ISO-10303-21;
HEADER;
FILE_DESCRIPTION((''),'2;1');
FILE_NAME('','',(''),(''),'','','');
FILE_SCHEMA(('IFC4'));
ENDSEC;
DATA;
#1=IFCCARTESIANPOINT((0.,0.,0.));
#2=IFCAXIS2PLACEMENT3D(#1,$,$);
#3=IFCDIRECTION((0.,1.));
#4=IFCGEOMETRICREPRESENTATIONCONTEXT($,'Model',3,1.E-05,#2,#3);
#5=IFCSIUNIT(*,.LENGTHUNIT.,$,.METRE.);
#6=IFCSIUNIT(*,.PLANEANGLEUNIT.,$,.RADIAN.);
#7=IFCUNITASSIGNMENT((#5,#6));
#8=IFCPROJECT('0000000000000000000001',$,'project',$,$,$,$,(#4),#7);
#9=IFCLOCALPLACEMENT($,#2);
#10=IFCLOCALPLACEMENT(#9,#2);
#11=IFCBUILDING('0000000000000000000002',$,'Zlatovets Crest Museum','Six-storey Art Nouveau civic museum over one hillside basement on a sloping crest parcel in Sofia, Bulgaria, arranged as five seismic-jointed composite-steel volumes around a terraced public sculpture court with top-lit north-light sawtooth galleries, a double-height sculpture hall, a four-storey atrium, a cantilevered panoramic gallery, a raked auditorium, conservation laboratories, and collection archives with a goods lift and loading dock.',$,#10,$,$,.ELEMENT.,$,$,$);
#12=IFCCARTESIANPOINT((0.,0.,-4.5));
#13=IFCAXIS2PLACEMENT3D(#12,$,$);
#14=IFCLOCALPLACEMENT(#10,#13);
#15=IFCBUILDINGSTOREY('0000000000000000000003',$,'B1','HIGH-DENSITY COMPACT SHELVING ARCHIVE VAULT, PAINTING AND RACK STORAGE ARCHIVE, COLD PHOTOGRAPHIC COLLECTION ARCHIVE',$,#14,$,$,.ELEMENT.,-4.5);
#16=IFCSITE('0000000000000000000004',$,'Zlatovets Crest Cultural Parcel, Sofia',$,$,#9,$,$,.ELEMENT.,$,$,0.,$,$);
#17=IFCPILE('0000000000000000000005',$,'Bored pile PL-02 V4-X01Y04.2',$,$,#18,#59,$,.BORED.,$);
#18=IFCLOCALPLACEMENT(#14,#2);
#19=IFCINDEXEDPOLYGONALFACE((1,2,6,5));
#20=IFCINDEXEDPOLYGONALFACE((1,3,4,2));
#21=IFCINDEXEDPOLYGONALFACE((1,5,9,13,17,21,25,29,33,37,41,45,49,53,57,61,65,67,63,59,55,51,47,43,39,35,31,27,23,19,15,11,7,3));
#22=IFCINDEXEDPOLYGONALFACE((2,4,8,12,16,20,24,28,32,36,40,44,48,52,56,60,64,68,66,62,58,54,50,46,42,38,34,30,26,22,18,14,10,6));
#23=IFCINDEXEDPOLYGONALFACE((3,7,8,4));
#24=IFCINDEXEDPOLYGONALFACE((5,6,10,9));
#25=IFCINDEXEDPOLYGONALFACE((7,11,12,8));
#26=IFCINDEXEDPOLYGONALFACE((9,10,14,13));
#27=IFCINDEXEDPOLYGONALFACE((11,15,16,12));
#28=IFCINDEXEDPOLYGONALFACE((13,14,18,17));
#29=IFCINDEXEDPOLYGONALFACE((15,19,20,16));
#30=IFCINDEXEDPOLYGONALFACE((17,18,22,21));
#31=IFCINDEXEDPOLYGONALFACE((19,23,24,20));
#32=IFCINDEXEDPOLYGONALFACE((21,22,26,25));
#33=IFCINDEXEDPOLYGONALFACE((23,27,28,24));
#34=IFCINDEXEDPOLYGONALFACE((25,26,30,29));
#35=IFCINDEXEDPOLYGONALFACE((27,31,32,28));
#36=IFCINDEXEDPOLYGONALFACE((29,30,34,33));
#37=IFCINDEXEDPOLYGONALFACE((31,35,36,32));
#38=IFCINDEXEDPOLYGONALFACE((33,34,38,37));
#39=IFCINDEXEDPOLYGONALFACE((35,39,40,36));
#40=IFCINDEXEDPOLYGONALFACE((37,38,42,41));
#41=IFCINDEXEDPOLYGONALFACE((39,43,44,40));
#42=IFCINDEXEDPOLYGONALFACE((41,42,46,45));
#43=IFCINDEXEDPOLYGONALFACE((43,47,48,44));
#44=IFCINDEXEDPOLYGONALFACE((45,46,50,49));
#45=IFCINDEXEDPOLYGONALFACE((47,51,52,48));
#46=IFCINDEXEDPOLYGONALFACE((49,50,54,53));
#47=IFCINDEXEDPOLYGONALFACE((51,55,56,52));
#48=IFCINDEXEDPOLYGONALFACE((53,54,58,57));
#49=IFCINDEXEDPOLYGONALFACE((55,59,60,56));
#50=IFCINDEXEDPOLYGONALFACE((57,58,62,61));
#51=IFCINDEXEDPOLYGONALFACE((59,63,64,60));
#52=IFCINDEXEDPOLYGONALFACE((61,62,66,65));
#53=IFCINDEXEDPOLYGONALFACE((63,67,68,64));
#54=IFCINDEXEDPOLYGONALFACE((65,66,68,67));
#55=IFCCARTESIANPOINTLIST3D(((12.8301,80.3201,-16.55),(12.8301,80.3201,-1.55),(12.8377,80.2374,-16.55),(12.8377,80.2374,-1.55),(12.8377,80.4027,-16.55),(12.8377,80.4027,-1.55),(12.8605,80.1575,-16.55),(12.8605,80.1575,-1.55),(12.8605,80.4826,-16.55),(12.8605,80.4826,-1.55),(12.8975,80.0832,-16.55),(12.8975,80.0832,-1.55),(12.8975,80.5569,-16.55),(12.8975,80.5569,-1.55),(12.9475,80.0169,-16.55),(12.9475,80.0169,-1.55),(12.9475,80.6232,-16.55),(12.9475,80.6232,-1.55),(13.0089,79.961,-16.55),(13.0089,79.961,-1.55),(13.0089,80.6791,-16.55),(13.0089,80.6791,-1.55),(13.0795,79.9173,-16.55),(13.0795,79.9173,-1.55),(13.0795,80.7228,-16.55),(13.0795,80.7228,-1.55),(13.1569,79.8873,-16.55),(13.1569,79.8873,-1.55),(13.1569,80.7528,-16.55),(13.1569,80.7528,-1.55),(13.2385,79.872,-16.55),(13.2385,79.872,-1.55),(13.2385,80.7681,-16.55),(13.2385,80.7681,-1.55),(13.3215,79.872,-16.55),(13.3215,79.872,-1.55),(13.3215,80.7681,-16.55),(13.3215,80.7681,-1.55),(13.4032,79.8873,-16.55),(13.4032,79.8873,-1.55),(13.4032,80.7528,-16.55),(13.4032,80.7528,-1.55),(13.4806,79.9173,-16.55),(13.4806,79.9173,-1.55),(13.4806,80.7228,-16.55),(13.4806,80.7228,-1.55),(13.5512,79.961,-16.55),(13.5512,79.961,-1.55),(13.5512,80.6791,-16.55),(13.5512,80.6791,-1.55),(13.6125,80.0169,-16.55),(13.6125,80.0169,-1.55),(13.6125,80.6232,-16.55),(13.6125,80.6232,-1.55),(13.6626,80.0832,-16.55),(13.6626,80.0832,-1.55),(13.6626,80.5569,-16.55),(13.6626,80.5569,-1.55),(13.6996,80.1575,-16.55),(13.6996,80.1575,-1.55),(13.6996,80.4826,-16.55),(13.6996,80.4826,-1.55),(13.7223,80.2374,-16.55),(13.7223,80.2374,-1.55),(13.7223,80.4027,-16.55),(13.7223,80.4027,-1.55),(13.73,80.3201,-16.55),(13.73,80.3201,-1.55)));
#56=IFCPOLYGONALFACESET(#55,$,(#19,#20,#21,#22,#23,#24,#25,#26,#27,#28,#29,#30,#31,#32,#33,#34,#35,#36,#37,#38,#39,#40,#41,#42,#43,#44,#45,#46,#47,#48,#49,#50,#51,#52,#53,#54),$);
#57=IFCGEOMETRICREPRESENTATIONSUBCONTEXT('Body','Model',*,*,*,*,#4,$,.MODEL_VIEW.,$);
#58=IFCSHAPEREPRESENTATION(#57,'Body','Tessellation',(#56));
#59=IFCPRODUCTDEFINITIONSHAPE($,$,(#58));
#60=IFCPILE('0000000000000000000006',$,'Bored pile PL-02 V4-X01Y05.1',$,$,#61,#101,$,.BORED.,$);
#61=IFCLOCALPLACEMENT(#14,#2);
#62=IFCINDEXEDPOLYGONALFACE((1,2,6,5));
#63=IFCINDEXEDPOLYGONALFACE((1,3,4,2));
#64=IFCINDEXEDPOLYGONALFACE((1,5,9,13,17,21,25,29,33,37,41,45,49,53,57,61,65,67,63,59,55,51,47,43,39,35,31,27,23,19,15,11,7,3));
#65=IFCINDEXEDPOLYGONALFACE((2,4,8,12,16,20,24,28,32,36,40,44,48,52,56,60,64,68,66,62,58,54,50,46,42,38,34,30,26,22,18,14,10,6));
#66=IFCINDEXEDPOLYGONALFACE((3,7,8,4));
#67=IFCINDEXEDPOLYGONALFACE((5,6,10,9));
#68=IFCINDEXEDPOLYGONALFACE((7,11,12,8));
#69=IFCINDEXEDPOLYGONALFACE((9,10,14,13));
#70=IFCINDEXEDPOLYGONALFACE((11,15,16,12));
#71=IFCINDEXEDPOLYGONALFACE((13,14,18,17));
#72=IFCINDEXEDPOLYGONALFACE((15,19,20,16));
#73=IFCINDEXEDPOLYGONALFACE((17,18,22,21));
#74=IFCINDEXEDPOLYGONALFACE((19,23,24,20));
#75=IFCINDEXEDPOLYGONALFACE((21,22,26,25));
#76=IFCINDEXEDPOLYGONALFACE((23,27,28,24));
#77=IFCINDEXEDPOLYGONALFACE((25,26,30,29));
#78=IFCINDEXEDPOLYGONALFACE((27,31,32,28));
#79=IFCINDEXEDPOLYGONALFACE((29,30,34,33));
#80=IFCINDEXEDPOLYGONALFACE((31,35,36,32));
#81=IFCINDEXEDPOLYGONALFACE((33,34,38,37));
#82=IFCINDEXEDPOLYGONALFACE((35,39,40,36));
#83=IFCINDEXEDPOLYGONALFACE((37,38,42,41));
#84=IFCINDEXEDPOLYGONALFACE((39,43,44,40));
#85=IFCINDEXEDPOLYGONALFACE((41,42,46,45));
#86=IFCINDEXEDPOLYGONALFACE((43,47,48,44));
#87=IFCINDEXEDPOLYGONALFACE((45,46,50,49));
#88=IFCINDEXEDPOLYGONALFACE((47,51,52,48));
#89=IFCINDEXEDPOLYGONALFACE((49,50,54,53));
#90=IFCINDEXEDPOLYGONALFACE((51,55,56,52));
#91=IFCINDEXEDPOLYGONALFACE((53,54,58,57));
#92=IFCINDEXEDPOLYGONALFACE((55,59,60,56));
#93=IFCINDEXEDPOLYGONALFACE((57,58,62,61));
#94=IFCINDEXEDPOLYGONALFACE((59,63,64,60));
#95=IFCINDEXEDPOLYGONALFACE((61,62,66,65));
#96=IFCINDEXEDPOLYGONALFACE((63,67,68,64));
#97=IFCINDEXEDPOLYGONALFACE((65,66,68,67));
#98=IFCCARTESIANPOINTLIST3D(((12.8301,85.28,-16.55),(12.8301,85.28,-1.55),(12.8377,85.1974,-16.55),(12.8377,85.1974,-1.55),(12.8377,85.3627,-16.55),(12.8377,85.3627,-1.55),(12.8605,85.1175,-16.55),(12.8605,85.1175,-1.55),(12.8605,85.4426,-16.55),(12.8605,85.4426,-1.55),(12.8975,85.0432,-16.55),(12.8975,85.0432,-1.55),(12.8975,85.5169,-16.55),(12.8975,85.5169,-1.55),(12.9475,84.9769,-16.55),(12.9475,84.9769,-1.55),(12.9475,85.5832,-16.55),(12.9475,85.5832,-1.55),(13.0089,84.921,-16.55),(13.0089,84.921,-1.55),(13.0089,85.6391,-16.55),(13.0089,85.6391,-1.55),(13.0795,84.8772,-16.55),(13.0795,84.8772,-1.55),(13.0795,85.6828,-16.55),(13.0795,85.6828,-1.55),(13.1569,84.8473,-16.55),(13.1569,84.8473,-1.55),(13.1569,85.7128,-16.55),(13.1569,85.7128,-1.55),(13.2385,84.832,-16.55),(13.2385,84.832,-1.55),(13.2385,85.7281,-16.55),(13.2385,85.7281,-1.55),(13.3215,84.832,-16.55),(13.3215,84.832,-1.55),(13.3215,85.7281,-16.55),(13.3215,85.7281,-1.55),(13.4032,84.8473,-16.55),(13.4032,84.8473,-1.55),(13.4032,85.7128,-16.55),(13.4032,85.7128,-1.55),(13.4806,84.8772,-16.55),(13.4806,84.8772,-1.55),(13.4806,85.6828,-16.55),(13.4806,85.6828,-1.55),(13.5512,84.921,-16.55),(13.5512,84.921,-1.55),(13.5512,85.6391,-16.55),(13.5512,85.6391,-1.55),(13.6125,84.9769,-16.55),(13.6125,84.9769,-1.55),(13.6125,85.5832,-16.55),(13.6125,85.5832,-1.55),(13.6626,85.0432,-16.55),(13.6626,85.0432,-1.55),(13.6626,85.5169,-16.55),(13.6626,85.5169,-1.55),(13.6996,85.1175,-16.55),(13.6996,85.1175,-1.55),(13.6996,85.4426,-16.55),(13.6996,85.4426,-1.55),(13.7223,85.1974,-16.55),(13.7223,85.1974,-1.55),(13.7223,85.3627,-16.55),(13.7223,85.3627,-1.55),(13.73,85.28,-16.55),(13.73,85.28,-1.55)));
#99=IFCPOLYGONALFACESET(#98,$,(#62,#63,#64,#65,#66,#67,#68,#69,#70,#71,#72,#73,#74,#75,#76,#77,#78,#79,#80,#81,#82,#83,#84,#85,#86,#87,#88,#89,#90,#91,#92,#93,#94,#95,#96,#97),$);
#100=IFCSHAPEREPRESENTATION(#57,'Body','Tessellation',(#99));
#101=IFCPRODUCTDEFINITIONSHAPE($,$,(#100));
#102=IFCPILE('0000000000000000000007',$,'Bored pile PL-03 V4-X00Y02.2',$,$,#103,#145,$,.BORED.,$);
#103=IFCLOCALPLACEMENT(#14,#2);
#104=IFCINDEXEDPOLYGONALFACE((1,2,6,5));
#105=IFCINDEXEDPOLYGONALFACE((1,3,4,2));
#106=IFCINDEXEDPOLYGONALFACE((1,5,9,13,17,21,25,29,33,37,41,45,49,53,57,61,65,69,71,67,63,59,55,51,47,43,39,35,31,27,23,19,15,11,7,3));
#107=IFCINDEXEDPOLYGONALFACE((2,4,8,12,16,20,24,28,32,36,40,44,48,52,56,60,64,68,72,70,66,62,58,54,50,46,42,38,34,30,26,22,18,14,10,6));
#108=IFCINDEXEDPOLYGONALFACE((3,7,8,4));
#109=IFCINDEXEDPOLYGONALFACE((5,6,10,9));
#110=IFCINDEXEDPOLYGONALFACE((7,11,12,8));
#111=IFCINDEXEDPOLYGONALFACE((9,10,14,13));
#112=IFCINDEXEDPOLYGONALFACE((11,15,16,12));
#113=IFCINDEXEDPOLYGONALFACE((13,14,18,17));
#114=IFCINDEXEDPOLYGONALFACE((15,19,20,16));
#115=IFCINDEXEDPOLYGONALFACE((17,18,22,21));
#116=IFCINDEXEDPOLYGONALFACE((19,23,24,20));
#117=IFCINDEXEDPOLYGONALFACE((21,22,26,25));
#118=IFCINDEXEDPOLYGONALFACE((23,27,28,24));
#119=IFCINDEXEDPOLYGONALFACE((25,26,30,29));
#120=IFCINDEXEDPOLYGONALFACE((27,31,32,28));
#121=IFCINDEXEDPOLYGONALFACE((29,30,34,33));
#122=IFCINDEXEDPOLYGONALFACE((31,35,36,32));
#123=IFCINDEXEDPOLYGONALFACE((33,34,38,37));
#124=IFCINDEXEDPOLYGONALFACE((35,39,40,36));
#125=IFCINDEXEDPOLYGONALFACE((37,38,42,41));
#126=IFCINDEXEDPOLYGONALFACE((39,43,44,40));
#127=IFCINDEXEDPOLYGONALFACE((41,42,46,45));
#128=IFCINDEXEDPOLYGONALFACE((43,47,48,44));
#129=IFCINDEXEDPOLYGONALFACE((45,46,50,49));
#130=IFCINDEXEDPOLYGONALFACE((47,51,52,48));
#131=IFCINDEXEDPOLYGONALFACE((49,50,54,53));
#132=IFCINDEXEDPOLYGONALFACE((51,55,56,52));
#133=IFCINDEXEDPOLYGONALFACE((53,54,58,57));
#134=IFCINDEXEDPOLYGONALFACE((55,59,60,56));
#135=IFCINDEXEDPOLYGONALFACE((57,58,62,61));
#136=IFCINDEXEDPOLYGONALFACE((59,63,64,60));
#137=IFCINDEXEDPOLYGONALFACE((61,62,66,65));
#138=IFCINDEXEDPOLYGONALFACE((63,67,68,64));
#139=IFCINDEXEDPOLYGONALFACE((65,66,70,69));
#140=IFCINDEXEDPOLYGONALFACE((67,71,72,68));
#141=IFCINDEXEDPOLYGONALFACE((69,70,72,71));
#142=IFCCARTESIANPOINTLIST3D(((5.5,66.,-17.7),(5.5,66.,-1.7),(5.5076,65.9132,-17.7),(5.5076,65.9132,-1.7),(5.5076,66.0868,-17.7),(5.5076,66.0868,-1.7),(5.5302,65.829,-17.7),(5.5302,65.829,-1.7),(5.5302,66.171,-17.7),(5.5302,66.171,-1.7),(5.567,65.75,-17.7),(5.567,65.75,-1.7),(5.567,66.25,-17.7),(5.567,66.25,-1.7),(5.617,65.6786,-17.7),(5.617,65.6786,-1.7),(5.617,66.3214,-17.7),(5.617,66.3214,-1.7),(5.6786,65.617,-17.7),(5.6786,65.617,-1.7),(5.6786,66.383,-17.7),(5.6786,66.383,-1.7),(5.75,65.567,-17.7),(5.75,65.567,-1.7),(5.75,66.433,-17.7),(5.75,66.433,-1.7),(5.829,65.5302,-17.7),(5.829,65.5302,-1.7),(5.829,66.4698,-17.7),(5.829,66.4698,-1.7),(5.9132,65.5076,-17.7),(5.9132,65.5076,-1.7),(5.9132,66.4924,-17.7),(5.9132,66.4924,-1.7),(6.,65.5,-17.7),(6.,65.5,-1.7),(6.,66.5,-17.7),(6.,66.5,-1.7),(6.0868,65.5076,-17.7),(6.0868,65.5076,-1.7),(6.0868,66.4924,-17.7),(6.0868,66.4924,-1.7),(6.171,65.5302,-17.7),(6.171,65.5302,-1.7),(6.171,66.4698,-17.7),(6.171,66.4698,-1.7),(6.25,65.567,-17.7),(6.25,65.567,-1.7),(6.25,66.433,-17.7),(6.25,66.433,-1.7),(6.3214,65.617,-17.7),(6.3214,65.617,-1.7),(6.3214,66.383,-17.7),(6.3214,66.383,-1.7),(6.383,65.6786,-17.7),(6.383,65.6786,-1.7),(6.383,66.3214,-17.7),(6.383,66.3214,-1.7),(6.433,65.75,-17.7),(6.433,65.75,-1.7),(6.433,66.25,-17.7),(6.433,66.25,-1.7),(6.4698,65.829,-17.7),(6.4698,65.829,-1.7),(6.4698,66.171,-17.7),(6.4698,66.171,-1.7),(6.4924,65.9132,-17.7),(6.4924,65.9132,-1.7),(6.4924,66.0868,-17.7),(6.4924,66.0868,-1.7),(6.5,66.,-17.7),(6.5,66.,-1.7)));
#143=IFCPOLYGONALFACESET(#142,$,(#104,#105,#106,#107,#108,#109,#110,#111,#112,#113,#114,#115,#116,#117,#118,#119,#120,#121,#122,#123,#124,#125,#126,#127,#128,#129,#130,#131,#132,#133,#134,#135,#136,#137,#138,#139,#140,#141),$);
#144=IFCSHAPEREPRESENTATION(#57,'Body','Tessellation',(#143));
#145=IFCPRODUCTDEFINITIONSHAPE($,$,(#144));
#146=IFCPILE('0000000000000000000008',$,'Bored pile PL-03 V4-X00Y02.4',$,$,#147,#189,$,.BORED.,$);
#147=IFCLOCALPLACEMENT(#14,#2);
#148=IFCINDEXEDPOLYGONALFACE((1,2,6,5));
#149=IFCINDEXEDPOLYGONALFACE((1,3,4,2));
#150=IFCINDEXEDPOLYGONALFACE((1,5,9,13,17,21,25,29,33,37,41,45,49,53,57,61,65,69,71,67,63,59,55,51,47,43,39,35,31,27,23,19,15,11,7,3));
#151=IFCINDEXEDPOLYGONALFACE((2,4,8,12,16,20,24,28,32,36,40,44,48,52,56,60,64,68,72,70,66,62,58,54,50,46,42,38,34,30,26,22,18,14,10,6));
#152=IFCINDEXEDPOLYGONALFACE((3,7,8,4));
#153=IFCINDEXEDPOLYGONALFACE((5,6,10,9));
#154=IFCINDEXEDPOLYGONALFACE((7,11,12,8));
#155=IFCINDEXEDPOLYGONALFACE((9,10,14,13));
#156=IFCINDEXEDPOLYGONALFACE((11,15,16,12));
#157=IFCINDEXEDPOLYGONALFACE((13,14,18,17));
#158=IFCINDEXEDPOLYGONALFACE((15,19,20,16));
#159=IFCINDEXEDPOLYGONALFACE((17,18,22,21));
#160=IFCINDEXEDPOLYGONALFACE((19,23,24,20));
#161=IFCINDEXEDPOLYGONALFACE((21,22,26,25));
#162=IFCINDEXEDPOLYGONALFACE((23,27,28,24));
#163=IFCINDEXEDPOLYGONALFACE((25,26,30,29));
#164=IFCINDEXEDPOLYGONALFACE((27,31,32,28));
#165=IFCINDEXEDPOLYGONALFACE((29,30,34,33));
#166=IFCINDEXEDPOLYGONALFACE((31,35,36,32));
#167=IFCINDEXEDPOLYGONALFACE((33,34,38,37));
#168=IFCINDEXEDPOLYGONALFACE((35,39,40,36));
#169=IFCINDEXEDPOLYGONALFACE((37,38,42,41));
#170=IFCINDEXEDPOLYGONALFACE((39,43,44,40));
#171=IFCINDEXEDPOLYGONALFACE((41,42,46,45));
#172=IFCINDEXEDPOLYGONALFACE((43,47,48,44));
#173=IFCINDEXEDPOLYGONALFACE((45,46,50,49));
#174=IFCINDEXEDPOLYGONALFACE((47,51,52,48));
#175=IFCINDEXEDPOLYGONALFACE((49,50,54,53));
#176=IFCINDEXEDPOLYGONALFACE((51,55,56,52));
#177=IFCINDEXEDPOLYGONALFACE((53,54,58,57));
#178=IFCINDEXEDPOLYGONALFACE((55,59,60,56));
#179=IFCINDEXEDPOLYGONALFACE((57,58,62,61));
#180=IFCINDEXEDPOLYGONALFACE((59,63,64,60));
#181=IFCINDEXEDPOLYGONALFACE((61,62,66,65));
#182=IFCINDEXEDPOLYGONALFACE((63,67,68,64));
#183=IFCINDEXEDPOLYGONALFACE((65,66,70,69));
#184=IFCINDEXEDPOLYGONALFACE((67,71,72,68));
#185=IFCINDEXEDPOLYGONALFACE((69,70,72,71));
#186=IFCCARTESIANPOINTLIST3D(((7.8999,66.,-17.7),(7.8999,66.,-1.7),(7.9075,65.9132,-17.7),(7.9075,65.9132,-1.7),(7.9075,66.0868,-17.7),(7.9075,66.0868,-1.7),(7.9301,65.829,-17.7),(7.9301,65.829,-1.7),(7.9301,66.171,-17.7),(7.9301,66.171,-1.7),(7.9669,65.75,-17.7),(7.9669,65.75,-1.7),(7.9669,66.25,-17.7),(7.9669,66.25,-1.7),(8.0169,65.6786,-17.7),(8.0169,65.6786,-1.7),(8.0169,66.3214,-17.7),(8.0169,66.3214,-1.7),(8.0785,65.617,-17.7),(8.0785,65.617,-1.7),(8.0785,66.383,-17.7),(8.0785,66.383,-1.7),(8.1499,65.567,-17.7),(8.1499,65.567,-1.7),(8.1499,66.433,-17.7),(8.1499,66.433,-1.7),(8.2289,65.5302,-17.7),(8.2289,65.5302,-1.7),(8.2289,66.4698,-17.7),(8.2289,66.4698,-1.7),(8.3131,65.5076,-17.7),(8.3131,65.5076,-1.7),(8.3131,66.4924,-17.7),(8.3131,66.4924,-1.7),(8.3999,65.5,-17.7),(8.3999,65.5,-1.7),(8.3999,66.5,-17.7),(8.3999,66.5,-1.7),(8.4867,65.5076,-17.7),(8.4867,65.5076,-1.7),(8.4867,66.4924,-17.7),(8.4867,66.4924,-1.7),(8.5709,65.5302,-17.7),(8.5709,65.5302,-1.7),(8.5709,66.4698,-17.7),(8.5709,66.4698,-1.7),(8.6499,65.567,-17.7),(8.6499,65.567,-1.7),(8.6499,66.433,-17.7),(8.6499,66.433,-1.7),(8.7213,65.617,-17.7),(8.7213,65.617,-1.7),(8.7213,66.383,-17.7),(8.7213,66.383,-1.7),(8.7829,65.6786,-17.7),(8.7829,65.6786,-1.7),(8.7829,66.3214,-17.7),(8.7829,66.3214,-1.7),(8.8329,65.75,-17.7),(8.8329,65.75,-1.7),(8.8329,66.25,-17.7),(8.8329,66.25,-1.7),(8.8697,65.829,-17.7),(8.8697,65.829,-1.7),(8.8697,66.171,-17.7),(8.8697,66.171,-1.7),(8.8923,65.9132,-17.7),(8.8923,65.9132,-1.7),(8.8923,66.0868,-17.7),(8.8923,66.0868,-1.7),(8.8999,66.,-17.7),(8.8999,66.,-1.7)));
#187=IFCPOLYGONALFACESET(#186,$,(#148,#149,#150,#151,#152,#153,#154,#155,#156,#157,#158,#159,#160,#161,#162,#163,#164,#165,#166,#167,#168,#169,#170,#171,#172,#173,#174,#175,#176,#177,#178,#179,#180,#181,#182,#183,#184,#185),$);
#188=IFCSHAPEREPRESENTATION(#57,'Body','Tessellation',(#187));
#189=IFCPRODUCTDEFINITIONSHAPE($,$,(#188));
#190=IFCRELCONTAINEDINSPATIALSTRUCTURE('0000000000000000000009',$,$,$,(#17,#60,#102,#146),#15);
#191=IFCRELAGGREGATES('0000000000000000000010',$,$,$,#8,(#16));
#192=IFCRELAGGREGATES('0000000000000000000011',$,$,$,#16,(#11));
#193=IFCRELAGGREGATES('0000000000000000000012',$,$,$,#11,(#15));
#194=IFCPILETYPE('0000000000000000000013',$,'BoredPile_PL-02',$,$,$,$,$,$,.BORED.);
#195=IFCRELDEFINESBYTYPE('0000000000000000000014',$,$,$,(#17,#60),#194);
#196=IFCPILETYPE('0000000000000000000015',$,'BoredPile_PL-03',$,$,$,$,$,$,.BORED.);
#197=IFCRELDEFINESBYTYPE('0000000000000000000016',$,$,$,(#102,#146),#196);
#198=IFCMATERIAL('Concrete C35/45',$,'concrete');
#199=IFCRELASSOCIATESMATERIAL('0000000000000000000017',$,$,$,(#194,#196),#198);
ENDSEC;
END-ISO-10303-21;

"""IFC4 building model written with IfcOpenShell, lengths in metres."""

from ifc_helpers import new_model, si_unit, direction, frame, origin, origin_2d, place, context, subcontext, project, spatial, circle, extrude, material, material_profile, profile_set, type_object, element, save


model = new_model("IFC4")

# Units and contexts
model_context = context("Model", 3, precision=1e-05, world=origin(), true_north=direction((0.0, 1.0)))
body_context = subcontext(model_context, "Body", "Model", "MODEL_VIEW")
ifc_project = project(units=[si_unit("LENGTHUNIT", "METRE"), si_unit("PLANEANGLEUNIT", "RADIAN")], contexts=[model_context])

# Site, building, storey
site_placement = place(None, origin())
site = spatial("IfcSite", under=ifc_project, at=site_placement, Name="Zlatovets Crest Cultural Parcel, Sofia", CompositionType="ELEMENT", RefElevation=0.0)
building_placement = place(site_placement, origin())
building = spatial("IfcBuilding", under=site, at=building_placement, Name="Zlatovets Crest Museum", Description="Six-storey Art Nouveau civic museum over one hillside basement on a sloping crest parcel in Sofia, Bulgaria, arranged as five seismic-jointed composite-steel volumes around a terraced public sculpture court with top-lit north-light sawtooth galleries, a double-height sculpture hall, a four-storey atrium, a cantilevered panoramic gallery, a raked auditorium, conservation laboratories, and collection archives with a goods lift and loading dock.", CompositionType="ELEMENT")
storey_placement = place(building_placement, frame((0.0, 0.0, -4.5)))
storey = spatial("IfcBuildingStorey", under=building, at=storey_placement, Name="B1", Description="HIGH-DENSITY COMPACT SHELVING ARCHIVE VAULT, PAINTING AND RACK STORAGE ARCHIVE, COLD PHOTOGRAPHIC COLLECTION ARCHIVE", CompositionType="ELEMENT", Elevation=-4.5)

# Piles
ifc_material_1 = material(Name="Concrete C35/45", Category="concrete")
ifc_material_profile_1 = material_profile(ifc_material_1, circle(Radius=0.45, at=origin_2d()), Name="PILE D900")
ifc_profile_set_1 = profile_set([ifc_material_profile_1], Name="Concrete C35/45")
pile_type_1 = type_object("IfcPileType", Name="BoredPile_PL-02", PredefinedType="BORED", material=ifc_profile_set_1)
for number, where, z_axis, x_axis, name in (
    (1, (13.28, 80.3201, -1.55), (0.0, 0.0, -1.0), (1.0, 0.0, 0.0), "Bored pile PL-02 V4-X01Y04.2"),
    (2, (13.28, 85.28, -1.55), (0.0, 0.0, -1.0), (1.0, 0.0, 0.0), "Bored pile PL-02 V4-X01Y05.1"),
):
    element("IfcPile", number, at=place(storey_placement, frame(where, z_axis=z_axis, x_axis=x_axis)), inside=storey, type_object=pile_type_1, Name=name, PredefinedType="BORED", context=body_context, shape_type="SweptSolid", body=[
        extrude(circle(Radius=0.45, at=origin_2d()), origin(), (0.0, 0.0, 1.0), 15.0),
    ])
ifc_material_profile_2 = material_profile(ifc_material_1, circle(Radius=0.5, at=origin_2d()), Name="PILE D1000")
ifc_profile_set_2 = profile_set([ifc_material_profile_2], Name="Concrete C35/45")
pile_type_2 = type_object("IfcPileType", Name="BoredPile_PL-03", PredefinedType="BORED", material=ifc_profile_set_2)
for number, where, z_axis, x_axis, name in (
    (3, (6.0, 66.0, -1.7), (0.0, 0.0, -1.0), (1.0, 0.0, 0.0), "Bored pile PL-03 V4-X00Y02.2"),
    (4, (8.3999, 66.0, -1.7), (0.0, 0.0, -1.0), (1.0, 0.0, 0.0), "Bored pile PL-03 V4-X00Y02.4"),
):
    element("IfcPile", number, at=place(storey_placement, frame(where, z_axis=z_axis, x_axis=x_axis)), inside=storey, type_object=pile_type_2, Name=name, PredefinedType="BORED", context=body_context, shape_type="SweptSolid", body=[
        extrude(circle(Radius=0.5, at=origin_2d()), origin(), (0.0, 0.0, 1.0), 16.0),
    ])

save(model, "model.ifc")
